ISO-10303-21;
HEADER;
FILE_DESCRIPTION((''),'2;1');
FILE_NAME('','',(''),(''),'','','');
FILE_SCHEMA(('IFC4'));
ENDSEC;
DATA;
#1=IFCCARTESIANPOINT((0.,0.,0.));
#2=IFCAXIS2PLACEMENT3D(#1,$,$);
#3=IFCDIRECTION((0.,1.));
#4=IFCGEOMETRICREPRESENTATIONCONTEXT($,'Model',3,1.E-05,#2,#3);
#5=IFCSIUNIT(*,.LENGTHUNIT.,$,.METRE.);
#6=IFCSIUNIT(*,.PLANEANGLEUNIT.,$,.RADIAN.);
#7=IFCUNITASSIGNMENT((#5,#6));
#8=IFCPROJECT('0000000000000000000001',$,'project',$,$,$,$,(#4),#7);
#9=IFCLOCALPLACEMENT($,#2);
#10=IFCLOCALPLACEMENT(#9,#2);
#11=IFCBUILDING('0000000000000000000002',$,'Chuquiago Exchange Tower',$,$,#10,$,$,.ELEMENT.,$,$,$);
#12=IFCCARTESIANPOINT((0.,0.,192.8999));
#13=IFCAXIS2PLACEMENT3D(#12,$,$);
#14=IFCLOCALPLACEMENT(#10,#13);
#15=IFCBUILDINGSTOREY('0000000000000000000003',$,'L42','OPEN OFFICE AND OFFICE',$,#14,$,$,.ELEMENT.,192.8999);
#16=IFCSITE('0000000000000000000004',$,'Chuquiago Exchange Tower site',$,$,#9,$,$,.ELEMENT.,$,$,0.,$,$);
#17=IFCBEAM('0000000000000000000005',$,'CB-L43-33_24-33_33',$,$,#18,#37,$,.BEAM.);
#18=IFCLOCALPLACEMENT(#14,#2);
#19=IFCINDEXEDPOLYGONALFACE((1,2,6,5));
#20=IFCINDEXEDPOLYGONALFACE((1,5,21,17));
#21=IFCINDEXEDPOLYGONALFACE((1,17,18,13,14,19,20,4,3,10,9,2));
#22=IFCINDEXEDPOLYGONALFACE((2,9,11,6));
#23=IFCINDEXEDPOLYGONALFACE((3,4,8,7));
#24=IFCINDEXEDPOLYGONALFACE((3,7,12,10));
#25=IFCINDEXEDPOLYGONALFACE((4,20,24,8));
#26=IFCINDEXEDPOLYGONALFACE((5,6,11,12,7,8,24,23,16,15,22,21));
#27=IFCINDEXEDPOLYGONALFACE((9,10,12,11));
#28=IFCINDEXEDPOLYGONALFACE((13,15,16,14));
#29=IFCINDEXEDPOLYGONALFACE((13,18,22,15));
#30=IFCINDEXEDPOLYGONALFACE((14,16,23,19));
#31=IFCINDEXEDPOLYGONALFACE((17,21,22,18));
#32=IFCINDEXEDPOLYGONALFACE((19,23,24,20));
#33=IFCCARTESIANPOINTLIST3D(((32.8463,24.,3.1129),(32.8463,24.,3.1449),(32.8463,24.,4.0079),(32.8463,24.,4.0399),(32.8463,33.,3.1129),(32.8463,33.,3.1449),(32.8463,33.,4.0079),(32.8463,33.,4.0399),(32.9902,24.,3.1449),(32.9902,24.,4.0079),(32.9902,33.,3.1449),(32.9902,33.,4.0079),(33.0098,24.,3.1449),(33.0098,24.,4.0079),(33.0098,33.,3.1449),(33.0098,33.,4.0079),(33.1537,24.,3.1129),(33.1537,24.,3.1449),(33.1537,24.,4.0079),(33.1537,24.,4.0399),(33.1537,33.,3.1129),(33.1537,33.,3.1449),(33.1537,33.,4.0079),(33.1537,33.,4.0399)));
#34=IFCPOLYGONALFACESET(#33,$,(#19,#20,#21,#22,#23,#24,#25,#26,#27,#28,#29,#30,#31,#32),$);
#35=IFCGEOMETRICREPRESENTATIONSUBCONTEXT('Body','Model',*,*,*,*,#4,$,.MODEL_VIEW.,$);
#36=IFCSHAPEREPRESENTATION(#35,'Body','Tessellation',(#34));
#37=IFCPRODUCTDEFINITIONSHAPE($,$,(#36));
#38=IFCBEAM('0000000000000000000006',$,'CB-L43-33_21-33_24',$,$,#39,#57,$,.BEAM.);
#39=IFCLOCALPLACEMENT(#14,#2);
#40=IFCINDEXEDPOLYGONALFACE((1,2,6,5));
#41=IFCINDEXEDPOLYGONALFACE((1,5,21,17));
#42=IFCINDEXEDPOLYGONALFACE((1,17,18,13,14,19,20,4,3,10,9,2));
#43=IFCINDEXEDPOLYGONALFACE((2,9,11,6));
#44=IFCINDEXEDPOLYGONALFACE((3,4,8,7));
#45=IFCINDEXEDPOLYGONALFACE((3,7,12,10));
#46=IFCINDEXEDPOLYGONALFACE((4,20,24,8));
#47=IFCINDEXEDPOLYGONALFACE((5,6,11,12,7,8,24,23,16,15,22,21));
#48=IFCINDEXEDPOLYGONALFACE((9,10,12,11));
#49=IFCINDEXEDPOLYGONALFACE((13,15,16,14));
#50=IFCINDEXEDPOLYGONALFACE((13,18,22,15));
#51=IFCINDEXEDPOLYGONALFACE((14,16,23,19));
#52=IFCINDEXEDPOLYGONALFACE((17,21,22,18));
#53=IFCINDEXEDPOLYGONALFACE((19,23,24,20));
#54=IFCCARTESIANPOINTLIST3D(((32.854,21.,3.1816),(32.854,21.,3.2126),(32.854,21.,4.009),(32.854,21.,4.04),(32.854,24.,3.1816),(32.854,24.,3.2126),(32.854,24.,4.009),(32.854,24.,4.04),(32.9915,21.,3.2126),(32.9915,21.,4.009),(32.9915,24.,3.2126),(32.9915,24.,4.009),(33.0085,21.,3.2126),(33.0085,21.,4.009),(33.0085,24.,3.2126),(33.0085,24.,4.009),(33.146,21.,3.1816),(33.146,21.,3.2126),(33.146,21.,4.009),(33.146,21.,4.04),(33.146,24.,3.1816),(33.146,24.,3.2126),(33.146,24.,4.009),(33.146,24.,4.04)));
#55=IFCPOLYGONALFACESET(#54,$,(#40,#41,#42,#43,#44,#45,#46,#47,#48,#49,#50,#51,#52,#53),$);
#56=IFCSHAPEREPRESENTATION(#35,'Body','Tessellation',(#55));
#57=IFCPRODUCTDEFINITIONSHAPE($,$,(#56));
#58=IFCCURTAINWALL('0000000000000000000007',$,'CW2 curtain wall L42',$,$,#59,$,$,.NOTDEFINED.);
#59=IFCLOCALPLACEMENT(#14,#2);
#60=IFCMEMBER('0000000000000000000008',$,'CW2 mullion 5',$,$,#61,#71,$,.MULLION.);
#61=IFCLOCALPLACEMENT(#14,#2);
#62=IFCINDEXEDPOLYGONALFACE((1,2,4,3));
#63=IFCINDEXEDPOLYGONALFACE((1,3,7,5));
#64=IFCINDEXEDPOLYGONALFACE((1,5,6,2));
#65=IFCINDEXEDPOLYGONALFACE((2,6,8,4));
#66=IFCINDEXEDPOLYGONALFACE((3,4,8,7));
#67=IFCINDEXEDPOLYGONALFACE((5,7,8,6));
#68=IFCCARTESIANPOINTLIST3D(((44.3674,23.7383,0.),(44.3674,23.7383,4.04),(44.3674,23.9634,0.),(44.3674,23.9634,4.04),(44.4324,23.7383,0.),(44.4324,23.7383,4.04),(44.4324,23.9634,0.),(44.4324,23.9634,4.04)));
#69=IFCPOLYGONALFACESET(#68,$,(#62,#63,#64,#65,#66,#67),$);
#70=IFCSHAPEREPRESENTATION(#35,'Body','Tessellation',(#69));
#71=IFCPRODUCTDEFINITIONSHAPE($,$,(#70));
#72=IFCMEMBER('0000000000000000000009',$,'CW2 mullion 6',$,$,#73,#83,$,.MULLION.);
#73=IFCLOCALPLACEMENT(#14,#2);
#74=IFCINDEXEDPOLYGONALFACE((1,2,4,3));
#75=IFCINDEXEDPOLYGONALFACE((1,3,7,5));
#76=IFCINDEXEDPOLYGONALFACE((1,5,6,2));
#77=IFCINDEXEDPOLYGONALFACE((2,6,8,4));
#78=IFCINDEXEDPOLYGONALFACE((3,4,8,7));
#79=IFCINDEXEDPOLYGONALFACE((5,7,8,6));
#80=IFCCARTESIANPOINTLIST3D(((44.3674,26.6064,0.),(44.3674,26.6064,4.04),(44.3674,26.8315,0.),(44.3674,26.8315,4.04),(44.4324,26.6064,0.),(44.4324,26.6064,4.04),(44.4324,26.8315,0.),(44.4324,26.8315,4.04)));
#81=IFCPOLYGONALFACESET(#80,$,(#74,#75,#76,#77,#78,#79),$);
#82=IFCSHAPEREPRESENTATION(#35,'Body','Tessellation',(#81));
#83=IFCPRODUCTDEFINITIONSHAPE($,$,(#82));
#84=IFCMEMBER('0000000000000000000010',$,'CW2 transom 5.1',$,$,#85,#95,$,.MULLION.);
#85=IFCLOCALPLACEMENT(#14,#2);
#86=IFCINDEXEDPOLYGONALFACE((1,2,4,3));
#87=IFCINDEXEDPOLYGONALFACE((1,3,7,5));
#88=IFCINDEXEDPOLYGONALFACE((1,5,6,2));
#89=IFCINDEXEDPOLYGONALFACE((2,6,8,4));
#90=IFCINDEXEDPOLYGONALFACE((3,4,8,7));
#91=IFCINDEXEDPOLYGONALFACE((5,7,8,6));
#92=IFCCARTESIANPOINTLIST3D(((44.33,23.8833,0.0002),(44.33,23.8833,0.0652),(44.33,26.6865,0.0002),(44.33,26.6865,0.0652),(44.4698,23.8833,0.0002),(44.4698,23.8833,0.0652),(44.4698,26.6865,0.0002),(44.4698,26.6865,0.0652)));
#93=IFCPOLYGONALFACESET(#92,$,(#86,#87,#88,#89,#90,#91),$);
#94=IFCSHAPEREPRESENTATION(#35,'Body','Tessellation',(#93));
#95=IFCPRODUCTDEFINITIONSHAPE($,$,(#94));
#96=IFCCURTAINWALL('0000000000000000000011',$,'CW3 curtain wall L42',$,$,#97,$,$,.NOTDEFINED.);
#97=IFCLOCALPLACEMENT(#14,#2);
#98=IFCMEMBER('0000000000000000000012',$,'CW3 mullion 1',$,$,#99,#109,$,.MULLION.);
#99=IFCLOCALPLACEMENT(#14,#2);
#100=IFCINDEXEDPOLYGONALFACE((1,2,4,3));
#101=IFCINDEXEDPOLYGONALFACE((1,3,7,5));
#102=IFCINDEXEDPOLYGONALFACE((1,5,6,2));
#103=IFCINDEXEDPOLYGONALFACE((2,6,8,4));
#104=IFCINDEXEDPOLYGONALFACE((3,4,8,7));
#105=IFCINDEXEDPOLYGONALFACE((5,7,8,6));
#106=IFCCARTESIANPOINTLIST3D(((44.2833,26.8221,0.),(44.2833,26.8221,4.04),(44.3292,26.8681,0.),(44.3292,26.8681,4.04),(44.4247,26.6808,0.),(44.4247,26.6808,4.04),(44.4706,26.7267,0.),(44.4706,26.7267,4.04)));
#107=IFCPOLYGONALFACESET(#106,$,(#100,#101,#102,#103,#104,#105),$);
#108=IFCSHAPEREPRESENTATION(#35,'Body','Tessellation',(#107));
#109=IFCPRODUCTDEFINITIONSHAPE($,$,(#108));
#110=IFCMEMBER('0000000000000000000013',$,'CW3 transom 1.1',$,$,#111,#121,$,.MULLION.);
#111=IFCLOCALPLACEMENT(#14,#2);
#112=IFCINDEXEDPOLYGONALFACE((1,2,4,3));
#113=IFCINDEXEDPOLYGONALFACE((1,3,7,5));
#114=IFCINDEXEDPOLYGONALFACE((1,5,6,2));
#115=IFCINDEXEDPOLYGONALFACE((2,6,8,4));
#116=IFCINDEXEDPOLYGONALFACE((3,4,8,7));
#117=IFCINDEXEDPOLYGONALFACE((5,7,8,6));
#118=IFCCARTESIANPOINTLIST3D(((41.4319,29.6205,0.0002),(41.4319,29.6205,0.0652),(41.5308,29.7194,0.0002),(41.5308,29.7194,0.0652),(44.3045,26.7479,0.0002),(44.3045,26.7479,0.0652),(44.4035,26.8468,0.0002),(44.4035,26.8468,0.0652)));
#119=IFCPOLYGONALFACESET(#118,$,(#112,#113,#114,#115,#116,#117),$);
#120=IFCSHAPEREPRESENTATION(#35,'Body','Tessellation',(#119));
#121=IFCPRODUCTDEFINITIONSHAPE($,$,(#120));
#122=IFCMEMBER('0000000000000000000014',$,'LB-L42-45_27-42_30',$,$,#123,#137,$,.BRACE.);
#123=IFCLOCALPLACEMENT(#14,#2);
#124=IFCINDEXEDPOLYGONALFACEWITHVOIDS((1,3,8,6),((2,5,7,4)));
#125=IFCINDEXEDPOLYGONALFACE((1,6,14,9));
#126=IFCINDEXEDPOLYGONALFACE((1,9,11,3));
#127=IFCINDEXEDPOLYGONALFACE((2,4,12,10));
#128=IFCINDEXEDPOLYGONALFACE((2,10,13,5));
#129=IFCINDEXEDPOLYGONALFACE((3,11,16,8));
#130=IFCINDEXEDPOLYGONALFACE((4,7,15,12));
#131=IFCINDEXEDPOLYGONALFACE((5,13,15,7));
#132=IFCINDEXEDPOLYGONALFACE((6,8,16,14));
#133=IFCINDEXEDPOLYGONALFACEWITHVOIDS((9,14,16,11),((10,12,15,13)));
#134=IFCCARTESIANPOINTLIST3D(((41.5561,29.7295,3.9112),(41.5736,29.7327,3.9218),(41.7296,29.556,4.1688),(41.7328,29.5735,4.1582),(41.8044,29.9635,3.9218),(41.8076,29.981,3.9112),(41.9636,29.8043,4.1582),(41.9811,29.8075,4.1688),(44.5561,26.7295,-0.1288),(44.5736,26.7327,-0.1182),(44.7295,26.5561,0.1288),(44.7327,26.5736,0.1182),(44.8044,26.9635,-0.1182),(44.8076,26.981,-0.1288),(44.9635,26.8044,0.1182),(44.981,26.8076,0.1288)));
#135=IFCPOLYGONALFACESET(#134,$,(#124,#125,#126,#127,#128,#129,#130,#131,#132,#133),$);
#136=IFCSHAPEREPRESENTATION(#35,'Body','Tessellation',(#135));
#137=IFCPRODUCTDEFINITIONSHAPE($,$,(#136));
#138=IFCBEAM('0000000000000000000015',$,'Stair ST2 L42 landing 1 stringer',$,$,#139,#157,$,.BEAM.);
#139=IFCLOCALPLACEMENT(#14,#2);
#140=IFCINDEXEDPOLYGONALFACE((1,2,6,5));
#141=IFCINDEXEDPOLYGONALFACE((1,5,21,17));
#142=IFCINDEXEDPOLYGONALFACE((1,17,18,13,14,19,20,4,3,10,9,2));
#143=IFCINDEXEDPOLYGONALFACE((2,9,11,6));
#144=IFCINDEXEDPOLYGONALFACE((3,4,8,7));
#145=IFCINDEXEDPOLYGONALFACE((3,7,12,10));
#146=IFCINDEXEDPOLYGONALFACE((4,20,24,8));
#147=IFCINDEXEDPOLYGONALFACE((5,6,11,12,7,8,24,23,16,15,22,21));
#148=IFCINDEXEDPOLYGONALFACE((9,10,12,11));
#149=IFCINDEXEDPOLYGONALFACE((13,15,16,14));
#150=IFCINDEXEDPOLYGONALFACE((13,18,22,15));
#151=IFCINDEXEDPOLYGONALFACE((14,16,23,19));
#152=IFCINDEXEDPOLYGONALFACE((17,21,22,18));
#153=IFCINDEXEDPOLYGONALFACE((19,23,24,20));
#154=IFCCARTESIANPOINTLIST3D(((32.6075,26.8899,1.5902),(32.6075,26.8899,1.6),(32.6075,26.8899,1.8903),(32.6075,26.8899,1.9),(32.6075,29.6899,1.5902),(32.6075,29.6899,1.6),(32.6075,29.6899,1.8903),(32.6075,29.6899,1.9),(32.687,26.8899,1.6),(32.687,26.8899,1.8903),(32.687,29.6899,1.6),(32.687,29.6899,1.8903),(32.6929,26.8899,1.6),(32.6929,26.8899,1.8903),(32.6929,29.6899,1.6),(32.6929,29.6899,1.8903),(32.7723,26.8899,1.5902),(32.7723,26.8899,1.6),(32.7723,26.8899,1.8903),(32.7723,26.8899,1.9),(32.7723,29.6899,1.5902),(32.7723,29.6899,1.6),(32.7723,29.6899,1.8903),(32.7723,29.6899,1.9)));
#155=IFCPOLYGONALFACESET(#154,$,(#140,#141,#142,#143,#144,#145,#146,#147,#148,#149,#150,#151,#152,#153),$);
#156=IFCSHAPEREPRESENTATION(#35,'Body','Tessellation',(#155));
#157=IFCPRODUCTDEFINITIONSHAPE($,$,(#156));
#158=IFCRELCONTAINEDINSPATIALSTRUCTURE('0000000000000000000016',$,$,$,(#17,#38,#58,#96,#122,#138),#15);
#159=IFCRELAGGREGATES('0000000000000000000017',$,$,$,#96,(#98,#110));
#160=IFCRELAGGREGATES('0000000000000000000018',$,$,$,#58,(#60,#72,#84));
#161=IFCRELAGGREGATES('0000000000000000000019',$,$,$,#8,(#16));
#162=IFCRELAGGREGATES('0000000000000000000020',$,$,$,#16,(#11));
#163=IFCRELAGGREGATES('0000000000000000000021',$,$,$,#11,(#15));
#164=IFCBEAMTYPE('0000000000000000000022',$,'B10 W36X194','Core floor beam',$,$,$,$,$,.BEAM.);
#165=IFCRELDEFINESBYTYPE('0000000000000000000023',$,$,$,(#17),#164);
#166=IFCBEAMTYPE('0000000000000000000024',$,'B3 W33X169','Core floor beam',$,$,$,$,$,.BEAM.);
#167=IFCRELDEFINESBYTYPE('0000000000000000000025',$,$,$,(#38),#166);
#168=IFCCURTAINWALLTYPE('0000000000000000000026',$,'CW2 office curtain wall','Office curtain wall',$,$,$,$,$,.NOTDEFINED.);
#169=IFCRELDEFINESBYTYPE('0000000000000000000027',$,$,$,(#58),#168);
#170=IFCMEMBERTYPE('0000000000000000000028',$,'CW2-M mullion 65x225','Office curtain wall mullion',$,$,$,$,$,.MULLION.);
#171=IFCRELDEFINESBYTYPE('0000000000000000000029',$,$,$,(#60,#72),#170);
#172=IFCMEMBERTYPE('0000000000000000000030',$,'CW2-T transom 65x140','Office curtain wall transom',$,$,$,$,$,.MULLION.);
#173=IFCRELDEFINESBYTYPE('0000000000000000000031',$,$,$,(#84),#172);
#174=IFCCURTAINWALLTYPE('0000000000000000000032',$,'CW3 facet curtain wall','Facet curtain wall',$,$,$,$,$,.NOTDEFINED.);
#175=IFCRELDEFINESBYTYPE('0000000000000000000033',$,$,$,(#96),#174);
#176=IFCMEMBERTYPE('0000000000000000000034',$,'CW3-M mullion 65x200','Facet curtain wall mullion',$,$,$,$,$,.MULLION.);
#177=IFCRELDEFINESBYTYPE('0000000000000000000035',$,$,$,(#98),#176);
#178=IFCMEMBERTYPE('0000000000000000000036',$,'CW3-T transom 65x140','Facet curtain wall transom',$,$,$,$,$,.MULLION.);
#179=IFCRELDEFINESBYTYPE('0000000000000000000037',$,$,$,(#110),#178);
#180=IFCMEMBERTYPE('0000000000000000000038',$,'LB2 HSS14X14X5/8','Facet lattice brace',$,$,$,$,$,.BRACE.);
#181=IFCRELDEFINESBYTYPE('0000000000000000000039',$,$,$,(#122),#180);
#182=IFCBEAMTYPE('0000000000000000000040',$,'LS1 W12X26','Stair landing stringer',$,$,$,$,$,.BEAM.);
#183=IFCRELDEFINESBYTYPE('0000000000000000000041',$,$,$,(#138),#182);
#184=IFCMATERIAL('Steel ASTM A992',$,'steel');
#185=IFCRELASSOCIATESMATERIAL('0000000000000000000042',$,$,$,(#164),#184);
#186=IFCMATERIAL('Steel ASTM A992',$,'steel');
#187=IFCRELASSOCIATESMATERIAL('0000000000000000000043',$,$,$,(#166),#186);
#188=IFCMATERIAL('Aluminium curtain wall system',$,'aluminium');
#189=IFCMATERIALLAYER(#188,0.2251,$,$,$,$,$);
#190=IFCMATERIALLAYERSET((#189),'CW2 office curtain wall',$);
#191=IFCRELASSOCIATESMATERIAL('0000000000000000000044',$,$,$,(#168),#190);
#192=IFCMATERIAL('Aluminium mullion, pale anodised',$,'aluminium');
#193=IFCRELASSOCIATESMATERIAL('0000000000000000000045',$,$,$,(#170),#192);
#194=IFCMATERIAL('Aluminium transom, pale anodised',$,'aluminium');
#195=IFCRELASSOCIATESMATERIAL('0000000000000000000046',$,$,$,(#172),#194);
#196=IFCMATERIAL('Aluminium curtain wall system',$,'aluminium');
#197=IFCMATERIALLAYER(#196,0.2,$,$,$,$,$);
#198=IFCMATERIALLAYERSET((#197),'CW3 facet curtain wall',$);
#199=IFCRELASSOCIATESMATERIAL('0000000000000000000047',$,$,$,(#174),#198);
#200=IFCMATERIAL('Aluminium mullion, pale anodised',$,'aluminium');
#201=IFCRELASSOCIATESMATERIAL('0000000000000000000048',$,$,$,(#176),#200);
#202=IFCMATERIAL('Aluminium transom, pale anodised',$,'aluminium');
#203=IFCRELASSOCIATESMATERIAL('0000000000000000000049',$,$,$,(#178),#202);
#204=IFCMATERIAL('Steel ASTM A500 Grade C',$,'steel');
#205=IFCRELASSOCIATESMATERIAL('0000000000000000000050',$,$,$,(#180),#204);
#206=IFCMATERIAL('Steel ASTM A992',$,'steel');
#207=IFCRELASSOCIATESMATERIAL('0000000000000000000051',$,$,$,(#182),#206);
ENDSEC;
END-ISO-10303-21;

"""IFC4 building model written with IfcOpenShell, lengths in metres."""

from ifc_helpers import new_model, si_unit, direction, frame, origin, origin_2d, place, context, subcontext, project, spatial, rectangle, hollow_rectangle, i_section, extrude, material, layer, layer_set, material_profile, profile_set, type_object, element, aggregate, save


model = new_model("IFC4")

# Units and contexts
model_context = context("Model", 3, precision=1e-05, world=origin(), true_north=direction((0.0, 1.0)))
body_context = subcontext(model_context, "Body", "Model", "MODEL_VIEW")
ifc_project = project(units=[si_unit("LENGTHUNIT", "METRE"), si_unit("PLANEANGLEUNIT", "RADIAN")], contexts=[model_context])

# Site, building, storey
site_placement = place(None, origin())
site = spatial("IfcSite", under=ifc_project, at=site_placement, Name="Chuquiago Exchange Tower site", CompositionType="ELEMENT", RefElevation=0.0)
building_placement = place(site_placement, origin())
building = spatial("IfcBuilding", under=site, at=building_placement, Name="Chuquiago Exchange Tower", CompositionType="ELEMENT")
storey_placement = place(building_placement, frame((0.0, 0.0, 192.8999)))
storey = spatial("IfcBuildingStorey", under=building, at=storey_placement, Name="L42", Description="OPEN OFFICE AND OFFICE", CompositionType="ELEMENT", Elevation=192.8999)

# Beams
ifc_material_1 = material(Name="Steel ASTM A992", Category="steel")
ifc_material_profile_1 = material_profile(ifc_material_1, i_section(OverallWidth=0.3074, OverallDepth=0.927, WebThickness=0.0195, FlangeThickness=0.032, at=origin_2d()), Name="W36X194")
ifc_profile_set_1 = profile_set([ifc_material_profile_1], Name="Steel ASTM A992")
beam_type_1 = type_object("IfcBeamType", Name="B10 W36X194", Description="Core floor beam", PredefinedType="BEAM", material=ifc_profile_set_1)
beam_1_placement = place(storey_placement, frame((33.0, 24.0, 3.5764), z_axis=(0.0, 1.0, 0.0), x_axis=(-1.0, 0.0, 0.0)))
element("IfcBeam", 1, at=beam_1_placement, inside=storey, type_object=beam_type_1, Name="CB-L43-33_24-33_33", PredefinedType="BEAM", context=body_context, shape_type="SweptSolid", body=[
    extrude(i_section(OverallWidth=0.3074, OverallDepth=0.927, WebThickness=0.0195, FlangeThickness=0.032, at=origin_2d()), origin(), (0.0, 0.0, 1.0), 9.0),
])
ifc_material_2 = material(Name="Steel ASTM A992", Category="steel")
ifc_material_profile_2 = material_profile(ifc_material_2, i_section(OverallWidth=0.292, OverallDepth=0.8584, WebThickness=0.0171, FlangeThickness=0.031, at=origin_2d()), Name="W33X169")
ifc_profile_set_2 = profile_set([ifc_material_profile_2], Name="Steel ASTM A992")
beam_type_2 = type_object("IfcBeamType", Name="B3 W33X169", Description="Core floor beam", PredefinedType="BEAM", material=ifc_profile_set_2)
beam_2_placement = place(storey_placement, frame((33.0, 21.0, 3.6108), z_axis=(0.0, 1.0, 0.0), x_axis=(-1.0, 0.0, 0.0)))
element("IfcBeam", 2, at=beam_2_placement, inside=storey, type_object=beam_type_2, Name="CB-L43-33_21-33_24", PredefinedType="BEAM", context=body_context, shape_type="SweptSolid", body=[
    extrude(i_section(OverallWidth=0.292, OverallDepth=0.8584, WebThickness=0.0171, FlangeThickness=0.031, at=origin_2d()), origin(), (0.0, 0.0, 1.0), 3.0),
])

# Curtain walls, members
ifc_material_3 = material(Name="Aluminium curtain wall system", Category="aluminium")
ifc_layer_1 = layer(ifc_material_3, 0.2251)
ifc_layer_set_1 = layer_set([ifc_layer_1], Name="CW2 office curtain wall")
curtain_wall_type_1 = type_object("IfcCurtainWallType", Name="CW2 office curtain wall", Description="Office curtain wall", PredefinedType="NOTDEFINED", material=ifc_layer_set_1)
curtain_wall_1_placement = place(storey_placement, origin())
curtain_wall_1 = element("IfcCurtainWall", 3, at=curtain_wall_1_placement, inside=storey, type_object=curtain_wall_type_1, Name="CW2 curtain wall L42", PredefinedType="NOTDEFINED")
ifc_material_4 = material(Name="Aluminium mullion, pale anodised", Category="aluminium")
ifc_material_profile_3 = material_profile(ifc_material_4, rectangle(XDim=0.0649, YDim=0.2251, at=origin_2d()), Name="AL 65x225")
ifc_profile_set_3 = profile_set([ifc_material_profile_3], Name="Aluminium mullion, pale anodised")
member_type_1 = type_object("IfcMemberType", Name="CW2-M mullion 65x225", Description="Office curtain wall mullion", PredefinedType="MULLION", material=ifc_profile_set_3)
member_1_placement = place(storey_placement, frame((44.3999, 23.8508, 0.0), z_axis=(0.0, 0.0, 1.0), x_axis=(-1.0, 0.0, 0.0)))
member_1 = element("IfcMember", 4, at=member_1_placement, type_object=member_type_1, Name="CW2 mullion 5", PredefinedType="MULLION", context=body_context, shape_type="SweptSolid", body=[
    extrude(rectangle(XDim=0.0649, YDim=0.2251, at=origin_2d()), origin(), (0.0, 0.0, 1.0), 4.04),
])
member_2_placement = place(storey_placement, frame((44.3999, 26.719, 0.0), z_axis=(0.0, 0.0, 1.0), x_axis=(-1.0, 0.0, 0.0)))
member_2 = element("IfcMember", 5, at=member_2_placement, type_object=member_type_1, Name="CW2 mullion 6", PredefinedType="MULLION", context=body_context, shape_type="SweptSolid", body=[
    extrude(rectangle(XDim=0.0649, YDim=0.2251, at=origin_2d()), origin(), (0.0, 0.0, 1.0), 4.04),
])
ifc_material_5 = material(Name="Aluminium transom, pale anodised", Category="aluminium")
ifc_material_profile_4 = material_profile(ifc_material_5, rectangle(XDim=0.1399, YDim=0.0649, at=origin_2d()), Name="AL 140x65")
ifc_profile_set_4 = profile_set([ifc_material_profile_4], Name="Aluminium transom, pale anodised")
member_type_2 = type_object("IfcMemberType", Name="CW2-T transom 65x140", Description="Office curtain wall transom", PredefinedType="MULLION", material=ifc_profile_set_4)
member_3_placement = place(storey_placement, frame((44.3999, 23.8833, 0.0327), z_axis=(0.0, 1.0, 0.0), x_axis=(-1.0, 0.0, 0.0)))
member_3 = element("IfcMember", 6, at=member_3_placement, type_object=member_type_2, Name="CW2 transom 5.1", PredefinedType="MULLION", context=body_context, shape_type="SweptSolid", body=[
    extrude(rectangle(XDim=0.1399, YDim=0.0649, at=origin_2d()), origin(), (0.0, 0.0, 1.0), 2.8032),
])
ifc_material_6 = material(Name="Aluminium curtain wall system", Category="aluminium")
ifc_layer_2 = layer(ifc_material_6, 0.2)
ifc_layer_set_2 = layer_set([ifc_layer_2], Name="CW3 facet curtain wall")
curtain_wall_type_2 = type_object("IfcCurtainWallType", Name="CW3 facet curtain wall", Description="Facet curtain wall", PredefinedType="NOTDEFINED", material=ifc_layer_set_2)
curtain_wall_2_placement = place(storey_placement, origin())
curtain_wall_2 = element("IfcCurtainWall", 7, at=curtain_wall_2_placement, inside=storey, type_object=curtain_wall_type_2, Name="CW3 curtain wall L42", PredefinedType="NOTDEFINED")
ifc_material_7 = material(Name="Aluminium mullion, pale anodised", Category="aluminium")
ifc_material_profile_5 = material_profile(ifc_material_7, rectangle(XDim=0.0649, YDim=0.2, at=origin_2d()), Name="AL 65x200")
ifc_profile_set_5 = profile_set([ifc_material_profile_5], Name="Aluminium mullion, pale anodised")
member_type_3 = type_object("IfcMemberType", Name="CW3-M mullion 65x200", Description="Facet curtain wall mullion", PredefinedType="MULLION", material=ifc_profile_set_5)
member_4_placement = place(storey_placement, frame((44.377, 26.7744, 0.0), z_axis=(0.0, 0.0, 1.0), x_axis=(-0.707107, -0.707107, 0.0)))
member_4 = element("IfcMember", 8, at=member_4_placement, type_object=member_type_3, Name="CW3 mullion 1", PredefinedType="MULLION", context=body_context, shape_type="SweptSolid", body=[
    extrude(rectangle(XDim=0.0649, YDim=0.2, at=origin_2d()), origin(), (0.0, 0.0, 1.0), 4.04),
])
ifc_material_8 = material(Name="Aluminium transom, pale anodised", Category="aluminium")
ifc_material_profile_6 = material_profile(ifc_material_8, rectangle(XDim=0.1399, YDim=0.0649, at=origin_2d()), Name="AL 140x65")
ifc_profile_set_6 = profile_set([ifc_material_profile_6], Name="Aluminium transom, pale anodised")
member_type_4 = type_object("IfcMemberType", Name="CW3-T transom 65x140", Description="Facet curtain wall transom", PredefinedType="MULLION", material=ifc_profile_set_6)
member_5_placement = place(storey_placement, frame((44.354, 26.7974, 0.0327), z_axis=(-0.707107, 0.707107, 0.0), x_axis=(-0.707107, -0.707107, 0.0)))
member_5 = element("IfcMember", 9, at=member_5_placement, type_object=member_type_4, Name="CW3 transom 1.1", PredefinedType="MULLION", context=body_context, shape_type="SweptSolid", body=[
    extrude(rectangle(XDim=0.1399, YDim=0.0649, at=origin_2d()), origin(), (0.0, 0.0, 1.0), 4.0625),
])
aggregate(curtain_wall_2, [member_4, member_5])

# Member
ifc_material_9 = material(Name="Steel ASTM A500 Grade C", Category="steel")
ifc_material_profile_7 = material_profile(ifc_material_9, hollow_rectangle(XDim=0.3557, YDim=0.3557, WallThickness=0.0146, at=origin_2d()), Name="HSS14X14X5/8")
ifc_profile_set_7 = profile_set([ifc_material_profile_7], Name="Steel ASTM A500 Grade C")
member_type_5 = type_object("IfcMemberType", Name="LB2 HSS14X14X5/8", Description="Facet lattice brace", PredefinedType="BRACE", material=ifc_profile_set_7)
member_6_placement = place(storey_placement, frame((44.7686, 26.7686, 0.0), z_axis=(-0.512077, 0.512077, 0.689604), x_axis=(-0.707107, -0.707107, 0.0)))
element("IfcMember", 10, at=member_6_placement, inside=storey, type_object=member_type_5, Name="LB-L42-45_27-42_30", PredefinedType="BRACE", context=body_context, shape_type="SweptSolid", body=[
    extrude(hollow_rectangle(XDim=0.3557, YDim=0.3557, WallThickness=0.0146, at=origin_2d()), origin(), (0.0, 0.0, 1.0), 5.8584),
])

# Beam
ifc_material_10 = material(Name="Steel ASTM A992", Category="steel")
ifc_material_profile_8 = material_profile(ifc_material_10, i_section(OverallWidth=0.1648, OverallDepth=0.3098, WebThickness=0.0059, FlangeThickness=0.0098, at=origin_2d()), Name="W12X26")
ifc_profile_set_8 = profile_set([ifc_material_profile_8], Name="Steel ASTM A992")
beam_type_3 = type_object("IfcBeamType", Name="LS1 W12X26", Description="Stair landing stringer", PredefinedType="BEAM", material=ifc_profile_set_8)
beam_3_placement = place(storey_placement, frame((32.6899, 26.8899, 1.7451), z_axis=(0.0, 1.0, 0.0), x_axis=(-1.0, 0.0, 0.0)))
element("IfcBeam", 11, at=beam_3_placement, inside=storey, type_object=beam_type_3, Name="Stair ST2 L42 landing 1 stringer", PredefinedType="BEAM", context=body_context, shape_type="SweptSolid", body=[
    extrude(i_section(OverallWidth=0.1648, OverallDepth=0.3098, WebThickness=0.0059, FlangeThickness=0.0098, at=origin_2d()), origin(), (0.0, 0.0, 1.0), 2.8),
])

aggregate(curtain_wall_1, [member_1, member_2, member_3])

save(model, "model.ifc")
